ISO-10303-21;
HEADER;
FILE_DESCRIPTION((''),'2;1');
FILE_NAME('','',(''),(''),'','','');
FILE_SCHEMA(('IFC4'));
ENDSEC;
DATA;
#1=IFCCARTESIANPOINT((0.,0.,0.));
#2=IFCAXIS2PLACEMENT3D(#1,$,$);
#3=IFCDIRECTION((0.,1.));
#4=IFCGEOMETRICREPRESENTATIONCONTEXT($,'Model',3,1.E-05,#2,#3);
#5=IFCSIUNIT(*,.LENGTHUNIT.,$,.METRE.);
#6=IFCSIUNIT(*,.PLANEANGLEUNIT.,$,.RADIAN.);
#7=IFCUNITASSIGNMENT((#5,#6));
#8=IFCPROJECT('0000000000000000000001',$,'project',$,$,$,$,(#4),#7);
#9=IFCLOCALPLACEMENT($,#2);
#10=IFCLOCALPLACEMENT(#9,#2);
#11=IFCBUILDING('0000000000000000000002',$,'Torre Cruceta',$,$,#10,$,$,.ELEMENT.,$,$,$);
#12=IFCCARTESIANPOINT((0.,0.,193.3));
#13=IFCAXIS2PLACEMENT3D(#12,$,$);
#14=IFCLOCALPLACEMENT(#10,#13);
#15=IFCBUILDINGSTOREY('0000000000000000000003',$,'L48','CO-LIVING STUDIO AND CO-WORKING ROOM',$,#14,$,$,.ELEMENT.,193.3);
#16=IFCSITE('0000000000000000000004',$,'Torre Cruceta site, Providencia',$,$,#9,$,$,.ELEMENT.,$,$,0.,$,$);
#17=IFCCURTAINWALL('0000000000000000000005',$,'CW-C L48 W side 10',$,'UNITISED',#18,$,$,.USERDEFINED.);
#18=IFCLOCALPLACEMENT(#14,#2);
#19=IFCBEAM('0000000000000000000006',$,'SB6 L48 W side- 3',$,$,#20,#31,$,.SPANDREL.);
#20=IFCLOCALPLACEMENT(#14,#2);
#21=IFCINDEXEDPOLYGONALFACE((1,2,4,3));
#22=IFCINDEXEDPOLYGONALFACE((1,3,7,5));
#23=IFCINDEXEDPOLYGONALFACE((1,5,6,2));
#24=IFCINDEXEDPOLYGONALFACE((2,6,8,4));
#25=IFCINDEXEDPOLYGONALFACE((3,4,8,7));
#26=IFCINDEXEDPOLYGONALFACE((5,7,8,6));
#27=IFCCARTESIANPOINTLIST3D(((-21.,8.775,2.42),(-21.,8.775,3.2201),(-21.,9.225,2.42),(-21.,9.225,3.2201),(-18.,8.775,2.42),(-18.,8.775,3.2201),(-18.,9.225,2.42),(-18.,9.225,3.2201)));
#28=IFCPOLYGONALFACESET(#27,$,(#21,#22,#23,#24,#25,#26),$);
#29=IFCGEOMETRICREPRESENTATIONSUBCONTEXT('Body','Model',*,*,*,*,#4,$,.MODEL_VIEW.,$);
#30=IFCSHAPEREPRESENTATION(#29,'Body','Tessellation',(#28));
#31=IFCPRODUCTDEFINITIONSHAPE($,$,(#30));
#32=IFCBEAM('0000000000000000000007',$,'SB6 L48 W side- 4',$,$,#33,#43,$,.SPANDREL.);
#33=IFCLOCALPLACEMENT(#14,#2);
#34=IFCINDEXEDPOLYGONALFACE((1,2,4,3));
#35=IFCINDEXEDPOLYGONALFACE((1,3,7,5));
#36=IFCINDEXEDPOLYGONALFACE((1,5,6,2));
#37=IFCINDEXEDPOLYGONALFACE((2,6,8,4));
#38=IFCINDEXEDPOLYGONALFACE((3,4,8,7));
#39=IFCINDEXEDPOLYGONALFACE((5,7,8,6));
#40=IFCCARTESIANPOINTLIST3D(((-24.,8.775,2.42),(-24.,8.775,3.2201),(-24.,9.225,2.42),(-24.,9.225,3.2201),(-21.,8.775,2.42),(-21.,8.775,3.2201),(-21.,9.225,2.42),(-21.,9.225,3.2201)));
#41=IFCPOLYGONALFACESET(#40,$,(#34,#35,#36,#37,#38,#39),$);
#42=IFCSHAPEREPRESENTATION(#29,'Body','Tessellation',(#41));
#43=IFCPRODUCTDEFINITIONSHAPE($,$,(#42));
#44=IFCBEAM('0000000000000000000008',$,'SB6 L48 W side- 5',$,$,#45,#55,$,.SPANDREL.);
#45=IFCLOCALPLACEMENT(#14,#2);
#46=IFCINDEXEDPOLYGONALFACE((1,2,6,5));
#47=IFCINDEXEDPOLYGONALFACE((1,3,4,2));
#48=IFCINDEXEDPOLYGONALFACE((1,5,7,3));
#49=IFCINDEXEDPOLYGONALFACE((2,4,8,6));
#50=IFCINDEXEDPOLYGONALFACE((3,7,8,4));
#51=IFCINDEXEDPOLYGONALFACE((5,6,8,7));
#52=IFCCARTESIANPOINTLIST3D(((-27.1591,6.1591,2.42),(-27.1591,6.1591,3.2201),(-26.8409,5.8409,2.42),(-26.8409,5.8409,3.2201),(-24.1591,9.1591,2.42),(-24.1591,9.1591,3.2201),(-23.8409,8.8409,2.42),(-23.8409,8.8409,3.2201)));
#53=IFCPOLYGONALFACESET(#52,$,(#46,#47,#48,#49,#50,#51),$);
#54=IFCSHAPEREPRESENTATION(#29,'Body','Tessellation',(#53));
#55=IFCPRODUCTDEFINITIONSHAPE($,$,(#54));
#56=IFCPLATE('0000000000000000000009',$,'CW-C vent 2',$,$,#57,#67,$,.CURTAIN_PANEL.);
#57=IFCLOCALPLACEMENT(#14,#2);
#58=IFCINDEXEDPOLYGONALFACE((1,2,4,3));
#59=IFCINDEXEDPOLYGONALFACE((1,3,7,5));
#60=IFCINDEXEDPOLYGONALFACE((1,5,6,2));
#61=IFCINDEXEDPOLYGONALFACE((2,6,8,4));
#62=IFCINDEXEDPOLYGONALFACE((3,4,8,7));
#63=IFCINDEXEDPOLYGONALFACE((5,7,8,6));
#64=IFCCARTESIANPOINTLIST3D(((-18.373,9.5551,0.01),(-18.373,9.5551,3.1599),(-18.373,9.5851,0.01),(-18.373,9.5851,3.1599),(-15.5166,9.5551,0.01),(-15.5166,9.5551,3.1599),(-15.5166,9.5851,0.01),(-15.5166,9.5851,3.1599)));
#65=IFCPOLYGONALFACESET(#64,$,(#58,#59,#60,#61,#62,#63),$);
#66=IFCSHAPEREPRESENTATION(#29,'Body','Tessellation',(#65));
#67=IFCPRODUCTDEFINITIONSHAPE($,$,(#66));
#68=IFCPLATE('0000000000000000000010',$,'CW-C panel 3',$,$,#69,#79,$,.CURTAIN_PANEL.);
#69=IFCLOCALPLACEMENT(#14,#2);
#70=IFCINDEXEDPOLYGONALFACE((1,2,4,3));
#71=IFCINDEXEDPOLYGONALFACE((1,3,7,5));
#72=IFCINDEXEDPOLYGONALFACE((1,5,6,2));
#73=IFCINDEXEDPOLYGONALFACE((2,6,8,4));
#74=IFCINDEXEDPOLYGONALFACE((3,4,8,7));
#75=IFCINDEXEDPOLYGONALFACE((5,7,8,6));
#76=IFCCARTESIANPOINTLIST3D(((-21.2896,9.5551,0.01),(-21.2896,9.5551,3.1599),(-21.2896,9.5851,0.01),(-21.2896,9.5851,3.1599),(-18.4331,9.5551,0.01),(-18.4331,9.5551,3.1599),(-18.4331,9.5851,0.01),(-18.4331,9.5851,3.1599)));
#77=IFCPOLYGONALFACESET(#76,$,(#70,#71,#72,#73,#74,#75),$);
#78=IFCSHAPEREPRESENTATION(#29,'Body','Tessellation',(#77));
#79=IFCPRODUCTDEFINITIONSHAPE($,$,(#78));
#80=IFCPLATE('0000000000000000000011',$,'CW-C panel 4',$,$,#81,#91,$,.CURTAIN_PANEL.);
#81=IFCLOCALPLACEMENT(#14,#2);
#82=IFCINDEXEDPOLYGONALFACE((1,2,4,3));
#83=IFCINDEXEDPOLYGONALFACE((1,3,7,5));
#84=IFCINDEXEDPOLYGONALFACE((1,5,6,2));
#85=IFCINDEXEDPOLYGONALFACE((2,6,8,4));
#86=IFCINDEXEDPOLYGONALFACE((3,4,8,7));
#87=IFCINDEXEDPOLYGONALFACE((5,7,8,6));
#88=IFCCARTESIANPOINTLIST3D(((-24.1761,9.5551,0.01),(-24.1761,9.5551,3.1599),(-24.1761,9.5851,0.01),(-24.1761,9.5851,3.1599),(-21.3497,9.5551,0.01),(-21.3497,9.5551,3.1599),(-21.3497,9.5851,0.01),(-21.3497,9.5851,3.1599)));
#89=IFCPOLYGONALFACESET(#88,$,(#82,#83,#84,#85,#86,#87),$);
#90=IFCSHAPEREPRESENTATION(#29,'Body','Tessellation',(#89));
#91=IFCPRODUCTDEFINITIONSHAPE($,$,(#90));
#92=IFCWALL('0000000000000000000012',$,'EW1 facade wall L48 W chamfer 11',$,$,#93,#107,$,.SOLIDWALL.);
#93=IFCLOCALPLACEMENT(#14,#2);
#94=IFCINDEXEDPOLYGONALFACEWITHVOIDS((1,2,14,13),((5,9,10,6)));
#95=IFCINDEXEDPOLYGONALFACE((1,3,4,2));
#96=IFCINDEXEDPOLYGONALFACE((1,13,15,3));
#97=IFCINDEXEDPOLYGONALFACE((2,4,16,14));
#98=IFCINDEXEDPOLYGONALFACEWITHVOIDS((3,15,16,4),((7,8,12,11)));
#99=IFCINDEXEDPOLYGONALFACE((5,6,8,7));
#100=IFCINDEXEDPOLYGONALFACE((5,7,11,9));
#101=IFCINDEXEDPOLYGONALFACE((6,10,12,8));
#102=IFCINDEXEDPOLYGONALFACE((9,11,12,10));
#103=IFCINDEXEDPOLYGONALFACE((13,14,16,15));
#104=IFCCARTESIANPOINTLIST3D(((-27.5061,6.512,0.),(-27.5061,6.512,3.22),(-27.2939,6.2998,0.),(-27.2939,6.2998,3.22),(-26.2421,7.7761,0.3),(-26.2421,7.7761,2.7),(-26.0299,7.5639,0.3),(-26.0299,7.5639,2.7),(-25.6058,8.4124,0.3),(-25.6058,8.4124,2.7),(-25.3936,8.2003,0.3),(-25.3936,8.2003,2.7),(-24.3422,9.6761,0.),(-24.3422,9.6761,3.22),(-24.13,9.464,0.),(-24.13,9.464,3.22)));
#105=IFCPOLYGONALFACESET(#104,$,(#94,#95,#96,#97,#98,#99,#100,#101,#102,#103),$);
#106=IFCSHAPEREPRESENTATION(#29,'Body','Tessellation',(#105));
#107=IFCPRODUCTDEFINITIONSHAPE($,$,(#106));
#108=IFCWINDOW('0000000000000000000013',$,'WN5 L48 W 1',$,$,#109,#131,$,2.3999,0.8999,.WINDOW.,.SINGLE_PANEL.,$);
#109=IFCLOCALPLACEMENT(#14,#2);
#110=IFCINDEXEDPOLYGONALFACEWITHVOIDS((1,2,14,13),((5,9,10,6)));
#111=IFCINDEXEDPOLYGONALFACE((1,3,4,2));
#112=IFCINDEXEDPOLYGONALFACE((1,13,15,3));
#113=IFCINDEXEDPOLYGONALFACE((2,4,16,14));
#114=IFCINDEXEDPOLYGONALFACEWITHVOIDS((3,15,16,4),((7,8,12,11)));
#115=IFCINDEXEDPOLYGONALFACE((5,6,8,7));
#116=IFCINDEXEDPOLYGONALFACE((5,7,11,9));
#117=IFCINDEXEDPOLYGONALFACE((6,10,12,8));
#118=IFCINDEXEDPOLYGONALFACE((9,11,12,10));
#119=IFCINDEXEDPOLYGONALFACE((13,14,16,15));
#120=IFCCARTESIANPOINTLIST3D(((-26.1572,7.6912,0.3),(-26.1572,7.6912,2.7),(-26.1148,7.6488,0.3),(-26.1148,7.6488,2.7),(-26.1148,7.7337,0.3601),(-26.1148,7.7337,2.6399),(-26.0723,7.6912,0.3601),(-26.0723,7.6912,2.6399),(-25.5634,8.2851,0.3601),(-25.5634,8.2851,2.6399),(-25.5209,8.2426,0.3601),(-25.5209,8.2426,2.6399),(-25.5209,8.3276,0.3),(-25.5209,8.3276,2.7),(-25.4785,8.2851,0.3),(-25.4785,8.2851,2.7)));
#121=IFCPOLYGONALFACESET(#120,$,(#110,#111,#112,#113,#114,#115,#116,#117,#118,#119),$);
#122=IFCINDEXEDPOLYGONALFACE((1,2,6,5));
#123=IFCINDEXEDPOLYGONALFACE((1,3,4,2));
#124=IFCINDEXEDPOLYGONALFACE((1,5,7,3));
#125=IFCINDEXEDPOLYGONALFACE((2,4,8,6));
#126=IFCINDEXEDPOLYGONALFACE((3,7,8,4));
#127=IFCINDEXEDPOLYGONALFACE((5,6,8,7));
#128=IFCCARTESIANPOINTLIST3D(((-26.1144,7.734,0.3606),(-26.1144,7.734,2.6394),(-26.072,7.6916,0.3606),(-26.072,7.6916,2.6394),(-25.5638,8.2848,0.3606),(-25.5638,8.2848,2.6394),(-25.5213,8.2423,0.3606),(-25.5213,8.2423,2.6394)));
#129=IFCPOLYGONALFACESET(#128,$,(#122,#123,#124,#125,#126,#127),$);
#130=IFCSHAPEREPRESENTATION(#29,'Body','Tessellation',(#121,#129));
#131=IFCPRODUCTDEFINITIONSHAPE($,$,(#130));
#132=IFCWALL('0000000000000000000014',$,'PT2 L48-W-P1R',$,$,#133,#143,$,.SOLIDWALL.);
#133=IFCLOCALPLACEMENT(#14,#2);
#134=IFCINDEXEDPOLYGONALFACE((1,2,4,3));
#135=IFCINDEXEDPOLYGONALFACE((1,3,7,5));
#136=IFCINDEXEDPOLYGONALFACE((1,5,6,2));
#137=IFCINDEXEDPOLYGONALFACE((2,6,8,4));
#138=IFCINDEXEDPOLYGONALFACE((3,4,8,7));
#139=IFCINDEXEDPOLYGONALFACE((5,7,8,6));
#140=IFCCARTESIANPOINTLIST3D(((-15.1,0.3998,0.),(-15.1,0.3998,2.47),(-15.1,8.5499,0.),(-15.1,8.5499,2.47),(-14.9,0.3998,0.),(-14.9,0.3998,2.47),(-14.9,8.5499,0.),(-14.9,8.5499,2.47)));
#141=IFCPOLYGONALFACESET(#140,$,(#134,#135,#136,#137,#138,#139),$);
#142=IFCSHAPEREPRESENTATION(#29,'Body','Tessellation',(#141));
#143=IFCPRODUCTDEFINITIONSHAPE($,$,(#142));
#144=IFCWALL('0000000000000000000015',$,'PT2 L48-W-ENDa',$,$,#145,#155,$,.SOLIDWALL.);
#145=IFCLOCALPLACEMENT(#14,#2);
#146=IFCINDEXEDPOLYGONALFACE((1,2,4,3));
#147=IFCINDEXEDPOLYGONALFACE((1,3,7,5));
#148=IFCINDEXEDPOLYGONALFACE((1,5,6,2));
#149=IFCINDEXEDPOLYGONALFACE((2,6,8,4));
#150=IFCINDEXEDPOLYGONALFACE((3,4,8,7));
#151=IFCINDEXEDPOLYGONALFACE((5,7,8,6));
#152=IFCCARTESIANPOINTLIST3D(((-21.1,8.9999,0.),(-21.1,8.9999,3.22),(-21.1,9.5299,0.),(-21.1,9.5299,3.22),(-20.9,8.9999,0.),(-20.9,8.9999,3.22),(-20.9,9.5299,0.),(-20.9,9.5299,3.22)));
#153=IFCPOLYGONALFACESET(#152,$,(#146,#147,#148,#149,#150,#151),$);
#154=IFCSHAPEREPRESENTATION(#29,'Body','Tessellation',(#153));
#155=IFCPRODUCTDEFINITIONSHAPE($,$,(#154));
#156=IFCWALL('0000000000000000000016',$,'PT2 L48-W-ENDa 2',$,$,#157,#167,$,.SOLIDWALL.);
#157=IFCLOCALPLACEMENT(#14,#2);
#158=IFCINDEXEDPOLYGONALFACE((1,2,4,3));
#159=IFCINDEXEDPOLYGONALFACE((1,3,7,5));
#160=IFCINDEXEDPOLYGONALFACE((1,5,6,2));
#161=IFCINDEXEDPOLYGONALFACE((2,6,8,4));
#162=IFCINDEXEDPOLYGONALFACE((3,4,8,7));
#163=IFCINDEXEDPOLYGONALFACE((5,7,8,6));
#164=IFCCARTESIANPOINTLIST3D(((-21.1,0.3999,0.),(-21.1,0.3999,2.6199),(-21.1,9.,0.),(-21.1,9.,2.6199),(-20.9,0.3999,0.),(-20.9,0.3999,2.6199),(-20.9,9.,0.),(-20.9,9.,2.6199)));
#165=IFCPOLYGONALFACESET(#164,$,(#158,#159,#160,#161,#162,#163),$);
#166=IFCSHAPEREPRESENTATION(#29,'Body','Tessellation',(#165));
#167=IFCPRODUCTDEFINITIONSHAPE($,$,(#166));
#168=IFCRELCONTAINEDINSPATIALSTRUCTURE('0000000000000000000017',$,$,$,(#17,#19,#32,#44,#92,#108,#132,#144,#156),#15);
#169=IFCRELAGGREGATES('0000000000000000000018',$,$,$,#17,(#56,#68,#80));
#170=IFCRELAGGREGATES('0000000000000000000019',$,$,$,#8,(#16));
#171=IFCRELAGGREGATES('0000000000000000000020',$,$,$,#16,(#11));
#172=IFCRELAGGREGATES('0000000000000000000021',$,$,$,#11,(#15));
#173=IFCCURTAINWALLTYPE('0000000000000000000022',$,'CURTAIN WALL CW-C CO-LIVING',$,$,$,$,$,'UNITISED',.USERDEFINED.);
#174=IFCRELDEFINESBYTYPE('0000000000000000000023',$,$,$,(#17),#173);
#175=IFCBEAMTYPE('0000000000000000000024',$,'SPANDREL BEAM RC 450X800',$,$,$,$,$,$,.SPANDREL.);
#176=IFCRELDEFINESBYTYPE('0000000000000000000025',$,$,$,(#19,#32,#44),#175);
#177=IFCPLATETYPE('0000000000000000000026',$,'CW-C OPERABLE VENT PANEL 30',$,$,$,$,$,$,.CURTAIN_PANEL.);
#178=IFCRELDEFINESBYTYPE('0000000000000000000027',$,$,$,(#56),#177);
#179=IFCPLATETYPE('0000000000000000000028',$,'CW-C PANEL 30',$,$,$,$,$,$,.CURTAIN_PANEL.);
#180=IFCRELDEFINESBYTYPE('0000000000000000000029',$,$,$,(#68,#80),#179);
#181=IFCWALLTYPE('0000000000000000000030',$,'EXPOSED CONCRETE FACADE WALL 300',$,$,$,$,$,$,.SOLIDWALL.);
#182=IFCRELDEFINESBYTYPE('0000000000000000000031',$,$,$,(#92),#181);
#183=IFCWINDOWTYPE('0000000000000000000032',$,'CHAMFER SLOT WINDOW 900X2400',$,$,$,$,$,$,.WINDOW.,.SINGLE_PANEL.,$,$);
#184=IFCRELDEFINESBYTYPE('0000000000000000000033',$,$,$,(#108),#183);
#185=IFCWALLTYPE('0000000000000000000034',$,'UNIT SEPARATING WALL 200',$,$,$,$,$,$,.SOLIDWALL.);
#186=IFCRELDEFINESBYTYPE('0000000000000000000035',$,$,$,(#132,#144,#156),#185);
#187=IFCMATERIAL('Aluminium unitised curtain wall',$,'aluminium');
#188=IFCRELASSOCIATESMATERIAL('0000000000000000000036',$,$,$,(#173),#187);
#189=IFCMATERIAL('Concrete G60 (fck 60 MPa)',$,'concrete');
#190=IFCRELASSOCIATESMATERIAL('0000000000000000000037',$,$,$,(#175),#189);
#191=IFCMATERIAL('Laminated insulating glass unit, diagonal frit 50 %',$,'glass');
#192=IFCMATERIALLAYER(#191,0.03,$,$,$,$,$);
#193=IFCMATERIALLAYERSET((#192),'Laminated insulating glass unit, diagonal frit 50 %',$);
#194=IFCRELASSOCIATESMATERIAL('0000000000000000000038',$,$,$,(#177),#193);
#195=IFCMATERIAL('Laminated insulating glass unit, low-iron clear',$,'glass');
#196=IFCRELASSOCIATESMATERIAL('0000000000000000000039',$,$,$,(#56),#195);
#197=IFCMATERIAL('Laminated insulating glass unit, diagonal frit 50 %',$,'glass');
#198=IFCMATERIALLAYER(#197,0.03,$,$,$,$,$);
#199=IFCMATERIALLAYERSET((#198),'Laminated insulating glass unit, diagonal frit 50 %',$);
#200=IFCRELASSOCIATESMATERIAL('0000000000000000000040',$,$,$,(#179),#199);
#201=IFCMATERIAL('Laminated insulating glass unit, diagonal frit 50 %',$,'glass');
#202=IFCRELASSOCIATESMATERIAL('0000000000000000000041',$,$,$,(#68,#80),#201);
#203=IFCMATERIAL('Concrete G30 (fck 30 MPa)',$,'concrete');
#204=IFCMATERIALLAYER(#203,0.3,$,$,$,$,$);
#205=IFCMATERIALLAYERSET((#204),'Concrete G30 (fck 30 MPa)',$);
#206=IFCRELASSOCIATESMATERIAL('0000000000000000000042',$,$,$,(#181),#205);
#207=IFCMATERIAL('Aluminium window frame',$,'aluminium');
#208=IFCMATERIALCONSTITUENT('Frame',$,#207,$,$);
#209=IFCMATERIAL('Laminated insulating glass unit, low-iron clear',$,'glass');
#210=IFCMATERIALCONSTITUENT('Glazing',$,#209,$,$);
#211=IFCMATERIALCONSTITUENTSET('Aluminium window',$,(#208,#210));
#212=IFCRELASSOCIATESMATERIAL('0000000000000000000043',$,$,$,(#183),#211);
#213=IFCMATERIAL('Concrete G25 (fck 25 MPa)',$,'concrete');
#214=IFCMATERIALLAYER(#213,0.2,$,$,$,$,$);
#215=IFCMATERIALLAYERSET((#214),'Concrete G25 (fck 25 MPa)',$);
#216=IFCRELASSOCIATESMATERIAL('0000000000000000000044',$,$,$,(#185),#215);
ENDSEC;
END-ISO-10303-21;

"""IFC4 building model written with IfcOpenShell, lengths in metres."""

from ifc_helpers import new_model, si_unit, direction, frame, frame_2d, origin, origin_2d, place, context, subcontext, project, spatial, rectangle, hollow_rectangle, extrude, material, layer, layer_set, constituent, constituent_set, material_profile, profile_set, type_object, element, fill, aggregate, save


model = new_model("IFC4")

# Units and contexts
model_context = context("Model", 3, precision=1e-05, world=origin(), true_north=direction((0.0, 1.0)))
body_context = subcontext(model_context, "Body", "Model", "MODEL_VIEW")
ifc_project = project(units=[si_unit("LENGTHUNIT", "METRE"), si_unit("PLANEANGLEUNIT", "RADIAN")], contexts=[model_context])

# Site, building, storey
site_placement = place(None, origin())
site = spatial("IfcSite", under=ifc_project, at=site_placement, Name="Torre Cruceta site, Providencia", CompositionType="ELEMENT", RefElevation=0.0)
building_placement = place(site_placement, origin())
building = spatial("IfcBuilding", under=site, at=building_placement, Name="Torre Cruceta", CompositionType="ELEMENT")
storey_placement = place(building_placement, frame((0.0, 0.0, 193.3)))
storey = spatial("IfcBuildingStorey", under=building, at=storey_placement, Name="L48", Description="CO-LIVING STUDIO AND CO-WORKING ROOM", CompositionType="ELEMENT", Elevation=193.3)

# Curtain wall
ifc_material_1 = material(Name="Aluminium unitised curtain wall", Category="aluminium")
curtain_wall_type = type_object("IfcCurtainWallType", Name="CURTAIN WALL CW-C CO-LIVING", ElementType="UNITISED", PredefinedType="USERDEFINED", material=ifc_material_1)
curtain_wall_placement = place(storey_placement, origin())
curtain_wall = element("IfcCurtainWall", 1, at=curtain_wall_placement, inside=storey, type_object=curtain_wall_type, Name="CW-C L48 W side 10", ObjectType="UNITISED", PredefinedType="USERDEFINED")

# Beams
ifc_material_2 = material(Name="Concrete G60 (fck 60 MPa)", Category="concrete")
ifc_material_profile_1 = material_profile(ifc_material_2, rectangle(XDim=0.45, YDim=0.8, at=origin_2d()), Name="RC 450X800")
ifc_profile_set_1 = profile_set([ifc_material_profile_1], Name="Concrete G60 (fck 60 MPa)")
beam_type_1 = type_object("IfcBeamType", Name="SPANDREL BEAM RC 450X800", PredefinedType="SPANDREL", material=ifc_profile_set_1)
for number, where, z_axis, x_axis, name in (
    (2, (-18.0, 9.0, 2.8201), (-1.0, 0.0, 0.0), (0.0, -1.0, 0.0), "SB6 L48 W side- 3"),
    (3, (-21.0, 9.0, 2.8201), (-1.0, 0.0, 0.0), (0.0, -1.0, 0.0), "SB6 L48 W side- 4"),
):
    element("IfcBeam", number, at=place(storey_placement, frame(where, z_axis=z_axis, x_axis=x_axis)), inside=storey, type_object=beam_type_1, Name=name, PredefinedType="SPANDREL", context=body_context, shape_type="SweptSolid", body=[
        extrude(rectangle(XDim=0.45, YDim=0.8, at=origin_2d()), origin(), (0.0, 0.0, 1.0), 3.0),
    ])
beam_1_placement = place(storey_placement, frame((-24.0, 9.0, 2.8201), z_axis=(-0.707107, -0.707107, 0.0), x_axis=(0.707107, -0.707107, 0.0)))
element("IfcBeam", 4, at=beam_1_placement, inside=storey, type_object=beam_type_1, Name="SB6 L48 W side- 5", PredefinedType="SPANDREL", context=body_context, shape_type="SweptSolid", body=[
    extrude(rectangle(XDim=0.45, YDim=0.8, at=origin_2d()), origin(), (0.0, 0.0, 1.0), 4.2427),
])

# Plates
ifc_material_3 = material(Name="Laminated insulating glass unit, low-iron clear", Category="glass")
ifc_material_4 = material(Name="Laminated insulating glass unit, diagonal frit 50 %", Category="glass")
ifc_layer_1 = layer(ifc_material_4, 0.03)
ifc_layer_set_1 = layer_set([ifc_layer_1], Name="Laminated insulating glass unit, diagonal frit 50 %")
plate_type_1 = type_object("IfcPlateType", Name="CW-C OPERABLE VENT PANEL 30", PredefinedType="CURTAIN_PANEL", material=ifc_layer_set_1)
plate_1_placement = place(storey_placement, frame((-16.9448, 9.5701, 0.01), z_axis=(0.0, 0.0, 1.0), x_axis=(-1.0, 0.0, 0.0)))
plate_1 = element("IfcPlate", 5, at=plate_1_placement, type_object=plate_type_1, material=ifc_material_3, Name="CW-C vent 2", PredefinedType="CURTAIN_PANEL", context=body_context, shape_type="SweptSolid", body=[
    extrude(rectangle(XDim=2.8564, YDim=0.03, at=origin_2d()), origin(), (0.0, 0.0, 1.0), 3.1499),
])
ifc_material_5 = material(Name="Laminated insulating glass unit, diagonal frit 50 %", Category="glass")
ifc_material_6 = material(Name="Laminated insulating glass unit, diagonal frit 50 %", Category="glass")
ifc_layer_2 = layer(ifc_material_6, 0.03)
ifc_layer_set_2 = layer_set([ifc_layer_2], Name="Laminated insulating glass unit, diagonal frit 50 %")
plate_type_2 = type_object("IfcPlateType", Name="CW-C PANEL 30", PredefinedType="CURTAIN_PANEL", material=ifc_layer_set_2)
plate_2_placement = place(storey_placement, frame((-19.8613, 9.5701, 0.01), z_axis=(0.0, 0.0, 1.0), x_axis=(-1.0, 0.0, 0.0)))
plate_2 = element("IfcPlate", 6, at=plate_2_placement, type_object=plate_type_2, material=ifc_material_5, Name="CW-C panel 3", PredefinedType="CURTAIN_PANEL", context=body_context, shape_type="SweptSolid", body=[
    extrude(rectangle(XDim=2.8564, YDim=0.03, at=origin_2d()), origin(), (0.0, 0.0, 1.0), 3.1499),
])
plate_3_placement = place(storey_placement, frame((-22.7629, 9.5701, 0.01), z_axis=(0.0, 0.0, 1.0), x_axis=(-1.0, 0.0, 0.0)))
plate_3 = element("IfcPlate", 7, at=plate_3_placement, type_object=plate_type_2, material=ifc_material_5, Name="CW-C panel 4", PredefinedType="CURTAIN_PANEL", context=body_context, shape_type="SweptSolid", body=[
    extrude(rectangle(XDim=2.8264, YDim=0.03, at=origin_2d()), origin(), (0.0, 0.0, 1.0), 3.1499),
])
aggregate(curtain_wall, [plate_1, plate_2, plate_3])

# Wall, opening, window
ifc_material_7 = material(Name="Concrete G30 (fck 30 MPa)", Category="concrete")
ifc_layer_3 = layer(ifc_material_7, 0.3)
ifc_layer_set_3 = layer_set([ifc_layer_3], Name="Concrete G30 (fck 30 MPa)")
wall_type_1 = type_object("IfcWallType", Name="EXPOSED CONCRETE FACADE WALL 300", PredefinedType="SOLIDWALL", material=ifc_layer_set_3)
wall_1_placement = place(storey_placement, frame((-24.2361, 9.5701, 0.0), z_axis=(0.0, 0.0, 1.0), x_axis=(-0.707079, -0.707134, 0.0)))
wall_1 = element("IfcWall", 8, at=wall_1_placement, inside=storey, type_object=wall_type_1, Name="EW1 facade wall L48 W chamfer 11", PredefinedType="SOLIDWALL", context=body_context, shape_type="SweptSolid", body=[
    extrude(rectangle(XDim=4.4746, YDim=0.3, at=frame_2d((2.2373, 0.0))), origin(), (0.0, 0.0, 1.0), 3.22),
])
opening_placement = place(wall_1_placement, frame((1.7871, 0.0, 0.3)))
opening = element("IfcOpeningElement", 9, at=opening_placement, cuts=wall_1, PredefinedType="OPENING", context=body_context, shape_type="SweptSolid", body=[
    extrude(rectangle(XDim=0.8999, YDim=2.3999, at=frame_2d((0.45, 1.2))), frame((0.0, 0.1599, 0.0), z_axis=(0.0, -1.0, 0.0), x_axis=(1.0, 0.0, 0.0)), (0.0, 0.0, 1.0), 0.3201),
])
ifc_material_8 = material(Name="Aluminium window frame", Category="aluminium")
ifc_constituent_1 = constituent(ifc_material_8, Name="Frame")
ifc_material_9 = material(Name="Laminated insulating glass unit, low-iron clear", Category="glass")
ifc_constituent_2 = constituent(ifc_material_9, Name="Glazing")
ifc_constituent_set = constituent_set(constituents=[ifc_constituent_1, ifc_constituent_2], Name="Aluminium window")
window_type = type_object("IfcWindowType", Name="CHAMFER SLOT WINDOW 900X2400", PartitioningType="SINGLE_PANEL", PredefinedType="WINDOW", material=ifc_constituent_set)
window_placement = place(opening_placement, origin())
window = element("IfcWindow", 10, at=window_placement, inside=storey, type_object=window_type, Name="WN5 L48 W 1", OverallHeight=2.3999, OverallWidth=0.8999, PartitioningType="SINGLE_PANEL", PredefinedType="WINDOW", context=body_context, shape_type="SweptSolid", body=[
    extrude(hollow_rectangle(XDim=0.8999, YDim=2.3999, WallThickness=0.0601, at=frame_2d((0.45, 1.2))), frame((0.0, 0.03, 0.0), z_axis=(0.0, -1.0, 0.0), x_axis=(1.0, 0.0, 0.0)), (0.0, 0.0, 1.0), 0.0601),
    extrude(rectangle(XDim=0.7788, YDim=2.2788, at=frame_2d((0.45, 1.2))), frame((0.0, 0.03, 0.0), z_axis=(0.0, -1.0, 0.0), x_axis=(1.0, 0.0, 0.0)), (0.0, 0.0, 1.0), 0.0601),
])
fill(opening, window)

# Walls
ifc_material_10 = material(Name="Concrete G25 (fck 25 MPa)", Category="concrete")
ifc_layer_4 = layer(ifc_material_10, 0.2)
ifc_layer_set_4 = layer_set([ifc_layer_4], Name="Concrete G25 (fck 25 MPa)")
wall_type_2 = type_object("IfcWallType", Name="UNIT SEPARATING WALL 200", PredefinedType="SOLIDWALL", material=ifc_layer_set_4)
wall_2_placement = place(storey_placement, frame((-15.0, 8.55, 0.0), z_axis=(0.0, 0.0, 1.0), x_axis=(0.0, -1.0, 0.0)))
element("IfcWall", 11, at=wall_2_placement, inside=storey, type_object=wall_type_2, Name="PT2 L48-W-P1R", PredefinedType="SOLIDWALL", context=body_context, shape_type="SweptSolid", body=[
    extrude(rectangle(XDim=8.1501, YDim=0.2, at=frame_2d((4.0752, 0.0))), origin(), (0.0, 0.0, 1.0), 2.47),
])
wall_3_placement = place(storey_placement, frame((-21.0, 9.53, 0.0), z_axis=(0.0, 0.0, 1.0), x_axis=(0.0, -1.0, 0.0)))
element("IfcWall", 12, at=wall_3_placement, inside=storey, type_object=wall_type_2, Name="PT2 L48-W-ENDa", PredefinedType="SOLIDWALL", context=body_context, shape_type="SweptSolid", body=[
    extrude(rectangle(XDim=0.53, YDim=0.2, at=frame_2d((0.2651, 0.0))), origin(), (0.0, 0.0, 1.0), 3.22),
])
wall_4_placement = place(storey_placement, frame((-21.0, 9.0, 0.0), z_axis=(0.0, 0.0, 1.0), x_axis=(0.0, -1.0, 0.0)))
element("IfcWall", 13, at=wall_4_placement, inside=storey, type_object=wall_type_2, Name="PT2 L48-W-ENDa 2", PredefinedType="SOLIDWALL", context=body_context, shape_type="SweptSolid", body=[
    extrude(rectangle(XDim=8.6001, YDim=0.2, at=frame_2d((4.3, 0.0))), origin(), (0.0, 0.0, 1.0), 2.6199),
])

save(model, "model.ifc")
